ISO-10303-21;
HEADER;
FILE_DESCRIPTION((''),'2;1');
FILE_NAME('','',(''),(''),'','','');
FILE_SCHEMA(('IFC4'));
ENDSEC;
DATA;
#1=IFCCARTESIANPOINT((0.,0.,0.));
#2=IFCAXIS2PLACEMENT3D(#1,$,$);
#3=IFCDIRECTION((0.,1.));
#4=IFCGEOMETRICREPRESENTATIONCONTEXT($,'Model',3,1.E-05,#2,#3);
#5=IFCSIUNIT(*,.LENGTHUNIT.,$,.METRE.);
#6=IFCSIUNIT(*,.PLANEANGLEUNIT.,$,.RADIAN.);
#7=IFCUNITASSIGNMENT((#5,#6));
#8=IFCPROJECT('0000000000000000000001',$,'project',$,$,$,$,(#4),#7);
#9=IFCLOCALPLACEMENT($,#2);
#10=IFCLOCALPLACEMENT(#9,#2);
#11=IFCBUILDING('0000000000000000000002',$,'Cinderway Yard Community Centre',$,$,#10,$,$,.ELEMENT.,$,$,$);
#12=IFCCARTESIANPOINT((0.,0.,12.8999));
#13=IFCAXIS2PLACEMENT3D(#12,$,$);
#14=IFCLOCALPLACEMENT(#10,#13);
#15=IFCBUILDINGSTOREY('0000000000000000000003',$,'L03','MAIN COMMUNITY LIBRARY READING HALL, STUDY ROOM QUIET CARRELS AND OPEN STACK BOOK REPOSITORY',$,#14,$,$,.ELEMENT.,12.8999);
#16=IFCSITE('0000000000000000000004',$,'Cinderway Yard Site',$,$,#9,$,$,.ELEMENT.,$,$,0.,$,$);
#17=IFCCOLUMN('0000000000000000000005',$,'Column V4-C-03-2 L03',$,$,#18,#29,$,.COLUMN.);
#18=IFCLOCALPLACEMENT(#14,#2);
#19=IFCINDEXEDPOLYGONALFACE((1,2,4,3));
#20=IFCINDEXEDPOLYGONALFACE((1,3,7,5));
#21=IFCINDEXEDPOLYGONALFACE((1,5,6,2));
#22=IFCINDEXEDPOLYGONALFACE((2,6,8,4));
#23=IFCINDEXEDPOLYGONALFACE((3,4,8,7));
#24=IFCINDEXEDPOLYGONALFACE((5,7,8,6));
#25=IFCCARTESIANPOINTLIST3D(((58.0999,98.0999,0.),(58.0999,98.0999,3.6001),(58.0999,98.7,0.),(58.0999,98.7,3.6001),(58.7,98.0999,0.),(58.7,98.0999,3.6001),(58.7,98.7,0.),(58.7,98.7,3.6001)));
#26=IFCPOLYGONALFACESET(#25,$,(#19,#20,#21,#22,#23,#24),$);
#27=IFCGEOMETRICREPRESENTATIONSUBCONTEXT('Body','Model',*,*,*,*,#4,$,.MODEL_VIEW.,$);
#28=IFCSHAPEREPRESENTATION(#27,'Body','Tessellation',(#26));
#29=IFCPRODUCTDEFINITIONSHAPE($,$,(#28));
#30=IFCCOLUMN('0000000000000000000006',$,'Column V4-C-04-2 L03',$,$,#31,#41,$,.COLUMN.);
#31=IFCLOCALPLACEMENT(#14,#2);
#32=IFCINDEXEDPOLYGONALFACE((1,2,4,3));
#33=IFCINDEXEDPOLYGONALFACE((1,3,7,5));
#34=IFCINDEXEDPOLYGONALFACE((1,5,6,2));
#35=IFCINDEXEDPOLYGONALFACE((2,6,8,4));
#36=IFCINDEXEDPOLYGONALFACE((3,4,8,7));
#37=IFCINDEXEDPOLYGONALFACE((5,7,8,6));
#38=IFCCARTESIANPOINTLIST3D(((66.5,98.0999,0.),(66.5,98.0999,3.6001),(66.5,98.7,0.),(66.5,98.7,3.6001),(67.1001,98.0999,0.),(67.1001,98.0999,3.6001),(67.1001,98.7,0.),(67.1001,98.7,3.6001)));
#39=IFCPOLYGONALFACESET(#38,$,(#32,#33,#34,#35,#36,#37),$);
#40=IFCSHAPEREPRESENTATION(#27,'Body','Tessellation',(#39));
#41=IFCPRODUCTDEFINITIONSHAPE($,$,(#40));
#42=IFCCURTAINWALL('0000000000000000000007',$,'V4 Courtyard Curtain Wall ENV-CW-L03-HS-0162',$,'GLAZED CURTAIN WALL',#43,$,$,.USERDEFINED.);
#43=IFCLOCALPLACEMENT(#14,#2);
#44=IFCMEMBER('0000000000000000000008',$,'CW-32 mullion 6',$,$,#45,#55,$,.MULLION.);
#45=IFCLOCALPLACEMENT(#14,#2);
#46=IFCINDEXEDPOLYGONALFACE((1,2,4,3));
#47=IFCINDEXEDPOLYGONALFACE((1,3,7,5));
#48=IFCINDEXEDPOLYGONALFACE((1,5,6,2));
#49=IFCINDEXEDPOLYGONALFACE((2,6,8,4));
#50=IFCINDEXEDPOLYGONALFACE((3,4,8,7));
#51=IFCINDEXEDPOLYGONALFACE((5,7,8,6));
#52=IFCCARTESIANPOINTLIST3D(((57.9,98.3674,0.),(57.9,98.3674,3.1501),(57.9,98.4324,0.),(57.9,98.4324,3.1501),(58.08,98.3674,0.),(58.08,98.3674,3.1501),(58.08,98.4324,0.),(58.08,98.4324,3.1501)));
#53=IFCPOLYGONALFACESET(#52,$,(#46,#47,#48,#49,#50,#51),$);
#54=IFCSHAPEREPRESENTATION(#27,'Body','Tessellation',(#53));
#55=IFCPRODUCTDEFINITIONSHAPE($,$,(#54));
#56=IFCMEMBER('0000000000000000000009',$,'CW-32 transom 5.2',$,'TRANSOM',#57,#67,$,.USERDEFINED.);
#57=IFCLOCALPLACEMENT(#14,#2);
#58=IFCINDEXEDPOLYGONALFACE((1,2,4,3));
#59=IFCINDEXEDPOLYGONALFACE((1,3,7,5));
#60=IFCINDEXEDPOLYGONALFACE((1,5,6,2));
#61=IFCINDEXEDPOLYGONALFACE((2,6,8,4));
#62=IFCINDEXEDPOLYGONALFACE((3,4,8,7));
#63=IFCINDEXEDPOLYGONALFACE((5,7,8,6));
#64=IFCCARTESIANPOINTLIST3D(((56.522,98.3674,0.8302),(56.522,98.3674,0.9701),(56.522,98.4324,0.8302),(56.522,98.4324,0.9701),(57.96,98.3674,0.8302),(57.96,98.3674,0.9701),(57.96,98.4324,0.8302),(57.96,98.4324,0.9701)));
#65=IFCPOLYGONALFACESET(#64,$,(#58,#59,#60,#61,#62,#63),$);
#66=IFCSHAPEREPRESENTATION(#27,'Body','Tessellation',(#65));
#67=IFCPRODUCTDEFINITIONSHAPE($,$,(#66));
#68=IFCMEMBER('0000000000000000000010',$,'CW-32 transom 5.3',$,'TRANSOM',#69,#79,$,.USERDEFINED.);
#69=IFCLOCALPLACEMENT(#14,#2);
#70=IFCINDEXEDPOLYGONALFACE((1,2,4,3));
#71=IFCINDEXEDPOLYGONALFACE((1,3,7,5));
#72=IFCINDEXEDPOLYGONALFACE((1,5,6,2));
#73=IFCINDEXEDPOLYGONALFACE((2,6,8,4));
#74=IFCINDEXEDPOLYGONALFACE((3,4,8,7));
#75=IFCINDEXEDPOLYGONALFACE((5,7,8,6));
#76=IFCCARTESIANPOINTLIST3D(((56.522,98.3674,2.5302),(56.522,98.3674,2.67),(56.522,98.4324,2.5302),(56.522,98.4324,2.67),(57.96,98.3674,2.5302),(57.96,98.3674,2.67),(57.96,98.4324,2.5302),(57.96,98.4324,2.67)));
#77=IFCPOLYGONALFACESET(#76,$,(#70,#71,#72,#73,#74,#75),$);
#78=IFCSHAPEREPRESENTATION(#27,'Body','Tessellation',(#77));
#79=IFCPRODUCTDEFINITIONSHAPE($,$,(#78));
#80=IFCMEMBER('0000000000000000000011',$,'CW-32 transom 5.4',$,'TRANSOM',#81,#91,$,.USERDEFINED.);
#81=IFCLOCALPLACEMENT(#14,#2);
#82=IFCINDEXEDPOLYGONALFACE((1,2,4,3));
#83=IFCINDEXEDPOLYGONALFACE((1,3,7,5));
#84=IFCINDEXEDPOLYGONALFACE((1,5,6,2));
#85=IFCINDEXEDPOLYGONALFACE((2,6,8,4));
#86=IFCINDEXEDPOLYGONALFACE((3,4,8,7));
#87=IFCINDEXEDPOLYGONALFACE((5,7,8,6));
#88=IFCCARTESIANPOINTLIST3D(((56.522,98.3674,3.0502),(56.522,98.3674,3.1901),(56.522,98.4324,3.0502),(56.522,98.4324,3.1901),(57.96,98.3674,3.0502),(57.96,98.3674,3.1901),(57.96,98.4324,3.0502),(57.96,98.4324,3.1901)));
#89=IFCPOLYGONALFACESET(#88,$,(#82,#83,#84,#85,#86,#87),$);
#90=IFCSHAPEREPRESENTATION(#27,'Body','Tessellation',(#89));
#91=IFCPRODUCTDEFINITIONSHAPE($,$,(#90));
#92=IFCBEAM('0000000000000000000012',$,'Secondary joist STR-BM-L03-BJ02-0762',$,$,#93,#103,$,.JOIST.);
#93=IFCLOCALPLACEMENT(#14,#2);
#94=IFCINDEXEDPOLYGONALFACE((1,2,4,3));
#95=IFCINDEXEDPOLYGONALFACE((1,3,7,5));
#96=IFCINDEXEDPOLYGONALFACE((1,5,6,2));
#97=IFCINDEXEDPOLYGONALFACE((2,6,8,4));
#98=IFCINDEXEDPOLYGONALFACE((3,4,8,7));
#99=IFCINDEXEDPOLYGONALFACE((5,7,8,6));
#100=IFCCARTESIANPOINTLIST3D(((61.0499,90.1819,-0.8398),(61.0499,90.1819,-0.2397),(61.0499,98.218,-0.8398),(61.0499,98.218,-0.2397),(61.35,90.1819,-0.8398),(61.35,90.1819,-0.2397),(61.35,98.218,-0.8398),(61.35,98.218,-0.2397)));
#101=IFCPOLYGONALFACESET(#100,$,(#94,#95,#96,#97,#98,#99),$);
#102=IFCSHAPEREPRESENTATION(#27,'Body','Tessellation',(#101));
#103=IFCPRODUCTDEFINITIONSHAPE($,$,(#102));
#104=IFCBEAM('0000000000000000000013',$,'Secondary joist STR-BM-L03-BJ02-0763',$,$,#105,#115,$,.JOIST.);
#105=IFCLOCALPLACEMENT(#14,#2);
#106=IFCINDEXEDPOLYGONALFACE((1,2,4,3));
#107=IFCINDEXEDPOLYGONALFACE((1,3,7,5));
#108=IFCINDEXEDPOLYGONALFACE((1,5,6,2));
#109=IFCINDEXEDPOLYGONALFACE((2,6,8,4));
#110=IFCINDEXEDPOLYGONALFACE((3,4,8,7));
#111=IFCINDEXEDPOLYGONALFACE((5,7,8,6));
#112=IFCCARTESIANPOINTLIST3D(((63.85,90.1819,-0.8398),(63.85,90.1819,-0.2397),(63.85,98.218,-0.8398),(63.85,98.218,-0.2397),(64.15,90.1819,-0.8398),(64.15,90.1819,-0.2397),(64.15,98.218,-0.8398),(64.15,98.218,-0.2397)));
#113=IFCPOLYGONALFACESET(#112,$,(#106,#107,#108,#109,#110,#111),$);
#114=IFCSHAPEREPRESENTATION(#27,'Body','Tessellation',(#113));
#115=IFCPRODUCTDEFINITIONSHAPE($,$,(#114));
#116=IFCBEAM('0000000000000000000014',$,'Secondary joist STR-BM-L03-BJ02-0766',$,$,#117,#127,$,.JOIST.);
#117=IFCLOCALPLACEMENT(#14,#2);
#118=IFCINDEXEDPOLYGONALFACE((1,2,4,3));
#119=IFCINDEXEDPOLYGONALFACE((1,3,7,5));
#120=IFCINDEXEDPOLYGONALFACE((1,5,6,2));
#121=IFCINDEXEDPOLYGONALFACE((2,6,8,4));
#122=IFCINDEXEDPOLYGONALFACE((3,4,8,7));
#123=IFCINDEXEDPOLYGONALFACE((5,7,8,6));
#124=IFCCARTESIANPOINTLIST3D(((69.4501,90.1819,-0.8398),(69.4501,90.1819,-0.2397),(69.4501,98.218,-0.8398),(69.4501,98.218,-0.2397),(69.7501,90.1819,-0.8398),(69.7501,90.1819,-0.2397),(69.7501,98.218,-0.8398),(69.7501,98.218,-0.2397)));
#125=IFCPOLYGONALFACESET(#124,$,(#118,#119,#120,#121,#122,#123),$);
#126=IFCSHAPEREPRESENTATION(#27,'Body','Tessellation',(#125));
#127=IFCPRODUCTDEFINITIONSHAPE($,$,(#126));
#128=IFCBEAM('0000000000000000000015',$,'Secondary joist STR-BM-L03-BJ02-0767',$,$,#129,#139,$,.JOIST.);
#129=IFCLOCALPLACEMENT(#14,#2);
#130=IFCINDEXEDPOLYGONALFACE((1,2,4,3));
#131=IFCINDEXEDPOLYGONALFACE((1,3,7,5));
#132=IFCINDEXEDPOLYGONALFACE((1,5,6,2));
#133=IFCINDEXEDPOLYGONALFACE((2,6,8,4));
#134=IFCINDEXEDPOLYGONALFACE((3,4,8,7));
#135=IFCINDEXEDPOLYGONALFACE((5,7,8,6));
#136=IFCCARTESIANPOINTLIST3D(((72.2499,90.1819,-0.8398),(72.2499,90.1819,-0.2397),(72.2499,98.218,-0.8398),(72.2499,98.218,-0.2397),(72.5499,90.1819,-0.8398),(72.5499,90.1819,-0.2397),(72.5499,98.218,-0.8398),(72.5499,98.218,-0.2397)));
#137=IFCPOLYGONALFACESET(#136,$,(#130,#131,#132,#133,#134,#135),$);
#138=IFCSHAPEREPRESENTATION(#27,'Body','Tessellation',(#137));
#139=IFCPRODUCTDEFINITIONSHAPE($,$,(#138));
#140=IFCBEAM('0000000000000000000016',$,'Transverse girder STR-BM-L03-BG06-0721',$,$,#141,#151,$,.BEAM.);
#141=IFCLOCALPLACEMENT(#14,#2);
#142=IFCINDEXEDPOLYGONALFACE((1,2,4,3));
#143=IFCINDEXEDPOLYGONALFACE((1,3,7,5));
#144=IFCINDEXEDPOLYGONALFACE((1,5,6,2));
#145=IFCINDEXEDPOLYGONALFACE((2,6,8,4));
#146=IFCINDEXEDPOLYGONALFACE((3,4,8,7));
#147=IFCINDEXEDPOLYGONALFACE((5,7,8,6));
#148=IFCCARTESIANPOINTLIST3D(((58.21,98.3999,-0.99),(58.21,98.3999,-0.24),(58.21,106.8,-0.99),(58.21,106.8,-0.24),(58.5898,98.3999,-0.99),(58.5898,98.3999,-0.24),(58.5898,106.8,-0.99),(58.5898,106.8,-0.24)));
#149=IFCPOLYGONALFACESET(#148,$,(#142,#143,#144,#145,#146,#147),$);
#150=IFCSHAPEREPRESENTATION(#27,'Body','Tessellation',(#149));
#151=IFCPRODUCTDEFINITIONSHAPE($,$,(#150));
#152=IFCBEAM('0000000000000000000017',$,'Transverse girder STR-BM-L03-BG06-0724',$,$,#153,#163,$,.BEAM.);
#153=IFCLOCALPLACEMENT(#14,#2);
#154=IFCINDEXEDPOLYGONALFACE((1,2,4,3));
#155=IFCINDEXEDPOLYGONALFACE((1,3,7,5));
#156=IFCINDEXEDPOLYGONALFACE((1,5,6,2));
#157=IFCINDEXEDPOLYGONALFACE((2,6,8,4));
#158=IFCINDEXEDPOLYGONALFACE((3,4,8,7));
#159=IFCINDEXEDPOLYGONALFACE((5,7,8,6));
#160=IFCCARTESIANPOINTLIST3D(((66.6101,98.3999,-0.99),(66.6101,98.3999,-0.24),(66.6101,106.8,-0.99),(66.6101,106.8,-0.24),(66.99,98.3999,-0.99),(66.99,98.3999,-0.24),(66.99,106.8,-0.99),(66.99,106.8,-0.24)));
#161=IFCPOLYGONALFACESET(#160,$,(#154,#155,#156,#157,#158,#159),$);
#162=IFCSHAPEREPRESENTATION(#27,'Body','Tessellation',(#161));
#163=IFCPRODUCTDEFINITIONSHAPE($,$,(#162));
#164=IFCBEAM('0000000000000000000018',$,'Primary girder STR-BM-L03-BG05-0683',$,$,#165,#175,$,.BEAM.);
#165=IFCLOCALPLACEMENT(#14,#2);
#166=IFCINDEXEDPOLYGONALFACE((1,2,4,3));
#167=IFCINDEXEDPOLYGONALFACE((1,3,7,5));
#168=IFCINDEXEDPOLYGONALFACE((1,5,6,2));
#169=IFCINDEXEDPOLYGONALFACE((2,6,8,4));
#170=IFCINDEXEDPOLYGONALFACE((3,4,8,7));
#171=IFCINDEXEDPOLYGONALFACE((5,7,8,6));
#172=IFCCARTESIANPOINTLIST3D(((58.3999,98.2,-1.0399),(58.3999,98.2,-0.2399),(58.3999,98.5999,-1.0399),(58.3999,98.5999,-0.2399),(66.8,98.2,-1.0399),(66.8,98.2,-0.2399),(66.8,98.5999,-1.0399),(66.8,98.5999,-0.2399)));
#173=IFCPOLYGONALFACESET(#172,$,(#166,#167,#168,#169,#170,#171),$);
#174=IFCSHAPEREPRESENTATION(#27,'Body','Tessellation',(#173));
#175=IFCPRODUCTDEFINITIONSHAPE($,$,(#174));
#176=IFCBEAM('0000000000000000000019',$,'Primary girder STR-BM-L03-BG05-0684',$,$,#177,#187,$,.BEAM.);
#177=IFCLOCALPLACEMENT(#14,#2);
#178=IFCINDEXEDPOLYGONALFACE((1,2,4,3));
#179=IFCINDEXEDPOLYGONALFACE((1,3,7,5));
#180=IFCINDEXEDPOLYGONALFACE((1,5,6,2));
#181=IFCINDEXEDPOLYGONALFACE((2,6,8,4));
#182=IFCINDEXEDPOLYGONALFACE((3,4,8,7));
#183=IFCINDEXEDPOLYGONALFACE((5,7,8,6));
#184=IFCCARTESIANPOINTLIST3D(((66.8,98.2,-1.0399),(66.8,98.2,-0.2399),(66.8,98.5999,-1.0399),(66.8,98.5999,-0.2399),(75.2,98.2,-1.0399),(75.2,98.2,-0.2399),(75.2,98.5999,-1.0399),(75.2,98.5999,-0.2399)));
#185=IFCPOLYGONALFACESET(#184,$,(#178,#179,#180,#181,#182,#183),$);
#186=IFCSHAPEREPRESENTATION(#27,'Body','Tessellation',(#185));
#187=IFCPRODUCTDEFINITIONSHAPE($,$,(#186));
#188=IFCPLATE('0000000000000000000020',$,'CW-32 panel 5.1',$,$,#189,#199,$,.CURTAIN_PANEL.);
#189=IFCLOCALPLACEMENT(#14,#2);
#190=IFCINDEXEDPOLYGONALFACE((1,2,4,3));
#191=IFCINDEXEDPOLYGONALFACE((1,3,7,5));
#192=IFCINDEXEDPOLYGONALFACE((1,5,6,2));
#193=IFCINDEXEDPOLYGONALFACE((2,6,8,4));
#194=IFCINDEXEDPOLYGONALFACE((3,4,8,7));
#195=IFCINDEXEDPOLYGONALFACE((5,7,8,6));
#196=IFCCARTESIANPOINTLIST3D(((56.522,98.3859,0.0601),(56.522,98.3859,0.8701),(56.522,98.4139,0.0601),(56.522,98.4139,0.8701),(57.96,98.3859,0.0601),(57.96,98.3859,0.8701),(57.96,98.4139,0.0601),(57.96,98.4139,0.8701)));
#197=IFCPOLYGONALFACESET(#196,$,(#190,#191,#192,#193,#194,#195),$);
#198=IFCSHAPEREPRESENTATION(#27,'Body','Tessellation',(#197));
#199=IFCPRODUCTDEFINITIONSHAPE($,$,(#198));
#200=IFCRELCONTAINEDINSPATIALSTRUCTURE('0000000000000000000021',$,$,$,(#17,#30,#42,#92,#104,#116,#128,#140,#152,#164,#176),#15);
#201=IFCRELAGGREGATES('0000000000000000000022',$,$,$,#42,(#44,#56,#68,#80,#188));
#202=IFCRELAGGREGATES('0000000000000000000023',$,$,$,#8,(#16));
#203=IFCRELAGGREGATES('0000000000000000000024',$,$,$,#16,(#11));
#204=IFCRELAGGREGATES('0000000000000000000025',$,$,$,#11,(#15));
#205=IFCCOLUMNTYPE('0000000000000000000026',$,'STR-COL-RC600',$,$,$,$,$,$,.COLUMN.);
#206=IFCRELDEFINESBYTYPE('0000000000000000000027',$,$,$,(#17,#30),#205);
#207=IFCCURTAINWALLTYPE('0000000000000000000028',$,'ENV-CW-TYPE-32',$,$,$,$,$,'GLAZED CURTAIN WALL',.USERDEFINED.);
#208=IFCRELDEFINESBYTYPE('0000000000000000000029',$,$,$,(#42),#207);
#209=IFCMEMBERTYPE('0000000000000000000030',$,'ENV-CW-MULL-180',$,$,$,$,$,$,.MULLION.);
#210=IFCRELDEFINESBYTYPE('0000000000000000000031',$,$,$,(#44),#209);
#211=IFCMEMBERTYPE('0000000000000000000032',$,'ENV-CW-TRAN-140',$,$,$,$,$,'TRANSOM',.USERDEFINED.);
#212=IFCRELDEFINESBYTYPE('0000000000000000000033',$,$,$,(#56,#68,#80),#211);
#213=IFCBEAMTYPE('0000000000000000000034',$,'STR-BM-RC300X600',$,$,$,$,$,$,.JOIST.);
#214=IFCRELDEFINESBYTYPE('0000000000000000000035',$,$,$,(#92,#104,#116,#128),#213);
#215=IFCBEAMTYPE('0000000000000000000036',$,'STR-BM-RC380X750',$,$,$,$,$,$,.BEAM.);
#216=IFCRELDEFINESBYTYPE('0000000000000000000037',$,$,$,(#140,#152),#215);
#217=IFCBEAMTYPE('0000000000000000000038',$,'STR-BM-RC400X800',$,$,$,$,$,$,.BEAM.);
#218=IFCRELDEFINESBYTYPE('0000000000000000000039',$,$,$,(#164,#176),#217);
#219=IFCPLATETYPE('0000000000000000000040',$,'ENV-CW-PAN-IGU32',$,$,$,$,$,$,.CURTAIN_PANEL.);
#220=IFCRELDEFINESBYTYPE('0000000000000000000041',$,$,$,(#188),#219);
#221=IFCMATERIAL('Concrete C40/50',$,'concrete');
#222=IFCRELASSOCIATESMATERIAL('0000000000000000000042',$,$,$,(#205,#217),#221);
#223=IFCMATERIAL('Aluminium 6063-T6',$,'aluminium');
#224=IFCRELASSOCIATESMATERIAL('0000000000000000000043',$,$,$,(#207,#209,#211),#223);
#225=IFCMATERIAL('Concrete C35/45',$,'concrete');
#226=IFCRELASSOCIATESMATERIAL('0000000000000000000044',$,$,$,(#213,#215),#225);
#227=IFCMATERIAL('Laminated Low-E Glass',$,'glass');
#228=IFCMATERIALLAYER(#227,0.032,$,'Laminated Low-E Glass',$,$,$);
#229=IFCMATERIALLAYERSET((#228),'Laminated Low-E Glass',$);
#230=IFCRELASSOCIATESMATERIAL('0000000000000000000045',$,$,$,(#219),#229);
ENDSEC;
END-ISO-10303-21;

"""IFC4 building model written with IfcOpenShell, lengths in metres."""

from ifc_helpers import new_model, si_unit, direction, frame, origin, origin_2d, place, context, subcontext, project, spatial, rectangle, extrude, material, layer, layer_set, material_profile, profile_set, type_object, element, aggregate, save


model = new_model("IFC4")

# Units and contexts
model_context = context("Model", 3, precision=1e-05, world=origin(), true_north=direction((0.0, 1.0)))
body_context = subcontext(model_context, "Body", "Model", "MODEL_VIEW")
ifc_project = project(units=[si_unit("LENGTHUNIT", "METRE"), si_unit("PLANEANGLEUNIT", "RADIAN")], contexts=[model_context])

# Site, building, storey
site_placement = place(None, origin())
site = spatial("IfcSite", under=ifc_project, at=site_placement, Name="Cinderway Yard Site", CompositionType="ELEMENT", RefElevation=0.0)
building_placement = place(site_placement, origin())
building = spatial("IfcBuilding", under=site, at=building_placement, Name="Cinderway Yard Community Centre", CompositionType="ELEMENT")
storey_placement = place(building_placement, frame((0.0, 0.0, 12.8999)))
storey = spatial("IfcBuildingStorey", under=building, at=storey_placement, Name="L03", Description="MAIN COMMUNITY LIBRARY READING HALL, STUDY ROOM QUIET CARRELS AND OPEN STACK BOOK REPOSITORY", CompositionType="ELEMENT", Elevation=12.8999)

# Columns
ifc_material_1 = material(Name="Concrete C40/50", Category="concrete")
ifc_material_profile_1 = material_profile(ifc_material_1, rectangle(XDim=0.6001, YDim=0.6001, at=origin_2d()), Name="Concrete C40/50")
ifc_profile_set_1 = profile_set([ifc_material_profile_1], Name="Concrete C40/50")
column_type = type_object("IfcColumnType", Name="STR-COL-RC600", PredefinedType="COLUMN", material=ifc_profile_set_1)
for number, where, z_axis, x_axis, name in (
    (1, (58.3999, 98.3999, 0.0), (0.0, 0.0, 1.0), (1.0, 0.0, 0.0), "Column V4-C-03-2 L03"),
    (2, (66.8, 98.3999, 0.0), (0.0, 0.0, 1.0), (1.0, 0.0, 0.0), "Column V4-C-04-2 L03"),
):
    element("IfcColumn", number, at=place(storey_placement, frame(where, z_axis=z_axis, x_axis=x_axis)), inside=storey, type_object=column_type, Name=name, PredefinedType="COLUMN", context=body_context, shape_type="SweptSolid", body=[
        extrude(rectangle(XDim=0.6001, YDim=0.6001, at=origin_2d()), origin(), (0.0, 0.0, 1.0), 3.6001),
    ])

# Curtain wall, members
ifc_material_2 = material(Name="Aluminium 6063-T6", Category="aluminium")
curtain_wall_type = type_object("IfcCurtainWallType", Name="ENV-CW-TYPE-32", ElementType="GLAZED CURTAIN WALL", PredefinedType="USERDEFINED", material=ifc_material_2)
curtain_wall_placement = place(storey_placement, origin())
curtain_wall = element("IfcCurtainWall", 3, at=curtain_wall_placement, inside=storey, type_object=curtain_wall_type, Name="V4 Courtyard Curtain Wall ENV-CW-L03-HS-0162", ObjectType="GLAZED CURTAIN WALL", PredefinedType="USERDEFINED")
ifc_material_profile_2 = material_profile(ifc_material_2, rectangle(XDim=0.0649, YDim=0.1799, at=origin_2d()), Name="Aluminium 6063-T6")
ifc_profile_set_2 = profile_set([ifc_material_profile_2], Name="Aluminium 6063-T6")
member_type_1 = type_object("IfcMemberType", Name="ENV-CW-MULL-180", PredefinedType="MULLION", material=ifc_profile_set_2)
member_1_placement = place(storey_placement, frame((57.99, 98.3999, 0.0), z_axis=(0.0, 0.0, 1.0), x_axis=(0.0, 1.0, 0.0)))
member_1 = element("IfcMember", 4, at=member_1_placement, type_object=member_type_1, Name="CW-32 mullion 6", PredefinedType="MULLION", context=body_context, shape_type="SweptSolid", body=[
    extrude(rectangle(XDim=0.0649, YDim=0.1799, at=origin_2d()), origin(), (0.0, 0.0, 1.0), 3.1501),
])
ifc_material_profile_3 = material_profile(ifc_material_2, rectangle(XDim=0.0649, YDim=0.1399, at=origin_2d()), Name="Aluminium 6063-T6")
ifc_profile_set_3 = profile_set([ifc_material_profile_3], Name="Aluminium 6063-T6")
member_type_2 = type_object("IfcMemberType", Name="ENV-CW-TRAN-140", ElementType="TRANSOM", PredefinedType="USERDEFINED", material=ifc_profile_set_3)
member_2_placement = place(storey_placement, frame((56.522, 98.3999, 0.9001), z_axis=(1.0, 0.0, 0.0), x_axis=(0.0, 1.0, 0.0)))
member_2 = element("IfcMember", 5, at=member_2_placement, type_object=member_type_2, Name="CW-32 transom 5.2", ObjectType="TRANSOM", PredefinedType="USERDEFINED", context=body_context, shape_type="SweptSolid", body=[
    extrude(rectangle(XDim=0.0649, YDim=0.1399, at=origin_2d()), origin(), (0.0, 0.0, 1.0), 1.438),
])
member_3_placement = place(storey_placement, frame((56.522, 98.3999, 2.6001), z_axis=(1.0, 0.0, 0.0), x_axis=(0.0, 1.0, 0.0)))
member_3 = element("IfcMember", 6, at=member_3_placement, type_object=member_type_2, Name="CW-32 transom 5.3", ObjectType="TRANSOM", PredefinedType="USERDEFINED", context=body_context, shape_type="SweptSolid", body=[
    extrude(rectangle(XDim=0.0649, YDim=0.1399, at=origin_2d()), origin(), (0.0, 0.0, 1.0), 1.438),
])
member_4_placement = place(storey_placement, frame((56.522, 98.3999, 3.1201), z_axis=(1.0, 0.0, 0.0), x_axis=(0.0, 1.0, 0.0)))
member_4 = element("IfcMember", 7, at=member_4_placement, type_object=member_type_2, Name="CW-32 transom 5.4", ObjectType="TRANSOM", PredefinedType="USERDEFINED", context=body_context, shape_type="SweptSolid", body=[
    extrude(rectangle(XDim=0.0649, YDim=0.1399, at=origin_2d()), origin(), (0.0, 0.0, 1.0), 1.438),
])

# Beams
ifc_material_3 = material(Name="Concrete C35/45", Category="concrete")
ifc_material_profile_4 = material_profile(ifc_material_3, rectangle(XDim=0.3, YDim=0.6001, at=origin_2d()), Name="Concrete C35/45")
ifc_profile_set_4 = profile_set([ifc_material_profile_4], Name="Concrete C35/45")
beam_type_1 = type_object("IfcBeamType", Name="STR-BM-RC300X600", PredefinedType="JOIST", material=ifc_profile_set_4)
for number, where, z_axis, x_axis, name in (
    (8, (61.2, 90.1819, -0.5398), (0.0, 1.0, 0.0), (-1.0, 0.0, 0.0), "Secondary joist STR-BM-L03-BJ02-0762"),
    (9, (64.0, 90.1819, -0.5398), (0.0, 1.0, 0.0), (-1.0, 0.0, 0.0), "Secondary joist STR-BM-L03-BJ02-0763"),
    (10, (69.6001, 90.1819, -0.5398), (0.0, 1.0, 0.0), (-1.0, 0.0, 0.0), "Secondary joist STR-BM-L03-BJ02-0766"),
    (11, (72.3999, 90.1819, -0.5398), (0.0, 1.0, 0.0), (-1.0, 0.0, 0.0), "Secondary joist STR-BM-L03-BJ02-0767"),
):
    element("IfcBeam", number, at=place(storey_placement, frame(where, z_axis=z_axis, x_axis=x_axis)), inside=storey, type_object=beam_type_1, Name=name, PredefinedType="JOIST", context=body_context, shape_type="SweptSolid", body=[
        extrude(rectangle(XDim=0.3, YDim=0.6001, at=origin_2d()), origin(), (0.0, 0.0, 1.0), 8.0361),
    ])
ifc_material_profile_5 = material_profile(ifc_material_3, rectangle(XDim=0.3799, YDim=0.75, at=origin_2d()), Name="Concrete C35/45")
ifc_profile_set_5 = profile_set([ifc_material_profile_5], Name="Concrete C35/45")
beam_type_2 = type_object("IfcBeamType", Name="STR-BM-RC380X750", PredefinedType="BEAM", material=ifc_profile_set_5)
for number, where, z_axis, x_axis, name in (
    (12, (58.3999, 98.3999, -0.615), (0.0, 1.0, 0.0), (-1.0, 0.0, 0.0), "Transverse girder STR-BM-L03-BG06-0721"),
    (13, (66.8, 98.3999, -0.615), (0.0, 1.0, 0.0), (-1.0, 0.0, 0.0), "Transverse girder STR-BM-L03-BG06-0724"),
):
    element("IfcBeam", number, at=place(storey_placement, frame(where, z_axis=z_axis, x_axis=x_axis)), inside=storey, type_object=beam_type_2, Name=name, PredefinedType="BEAM", context=body_context, shape_type="SweptSolid", body=[
        extrude(rectangle(XDim=0.3799, YDim=0.75, at=origin_2d()), origin(), (0.0, 0.0, 1.0), 8.4001),
    ])
ifc_material_profile_6 = material_profile(ifc_material_1, rectangle(XDim=0.3999, YDim=0.8, at=origin_2d()), Name="Concrete C40/50")
ifc_profile_set_6 = profile_set([ifc_material_profile_6], Name="Concrete C40/50")
beam_type_3 = type_object("IfcBeamType", Name="STR-BM-RC400X800", PredefinedType="BEAM", material=ifc_profile_set_6)
beam_1_placement = place(storey_placement, frame((58.3999, 98.3999, -0.6399), z_axis=(1.0, 0.0, 0.0), x_axis=(0.0, 1.0, 0.0)))
element("IfcBeam", 14, at=beam_1_placement, inside=storey, type_object=beam_type_3, Name="Primary girder STR-BM-L03-BG05-0683", PredefinedType="BEAM", context=body_context, shape_type="SweptSolid", body=[
    extrude(rectangle(XDim=0.3999, YDim=0.8, at=origin_2d()), origin(), (0.0, 0.0, 1.0), 8.4001),
])
beam_2_placement = place(storey_placement, frame((66.8, 98.3999, -0.6399), z_axis=(1.0, 0.0, 0.0), x_axis=(0.0, 1.0, 0.0)))
element("IfcBeam", 15, at=beam_2_placement, inside=storey, type_object=beam_type_3, Name="Primary girder STR-BM-L03-BG05-0684", PredefinedType="BEAM", context=body_context, shape_type="SweptSolid", body=[
    extrude(rectangle(XDim=0.3999, YDim=0.8, at=origin_2d()), origin(), (0.0, 0.0, 1.0), 8.3999),
])

# Plate
ifc_material_4 = material(Name="Laminated Low-E Glass", Category="glass")
ifc_layer_1 = layer(ifc_material_4, 0.032, Name="Laminated Low-E Glass")
ifc_layer_set_1 = layer_set([ifc_layer_1], Name="Laminated Low-E Glass")
plate_type = type_object("IfcPlateType", Name="ENV-CW-PAN-IGU32", PredefinedType="CURTAIN_PANEL", material=ifc_layer_set_1)
plate_1_placement = place(storey_placement, frame((57.241, 98.3999, 0.0601), z_axis=(0.0, 0.0, 1.0), x_axis=(1.0, 0.0, 0.0)))
plate_1 = element("IfcPlate", 16, at=plate_1_placement, type_object=plate_type, Name="CW-32 panel 5.1", PredefinedType="CURTAIN_PANEL", context=body_context, shape_type="SweptSolid", body=[
    extrude(rectangle(XDim=1.438, YDim=0.0281, at=origin_2d()), origin(), (0.0, 0.0, 1.0), 0.8101),
])
aggregate(curtain_wall, [member_1, member_2, member_3, member_4, plate_1])

save(model, "model.ifc")
